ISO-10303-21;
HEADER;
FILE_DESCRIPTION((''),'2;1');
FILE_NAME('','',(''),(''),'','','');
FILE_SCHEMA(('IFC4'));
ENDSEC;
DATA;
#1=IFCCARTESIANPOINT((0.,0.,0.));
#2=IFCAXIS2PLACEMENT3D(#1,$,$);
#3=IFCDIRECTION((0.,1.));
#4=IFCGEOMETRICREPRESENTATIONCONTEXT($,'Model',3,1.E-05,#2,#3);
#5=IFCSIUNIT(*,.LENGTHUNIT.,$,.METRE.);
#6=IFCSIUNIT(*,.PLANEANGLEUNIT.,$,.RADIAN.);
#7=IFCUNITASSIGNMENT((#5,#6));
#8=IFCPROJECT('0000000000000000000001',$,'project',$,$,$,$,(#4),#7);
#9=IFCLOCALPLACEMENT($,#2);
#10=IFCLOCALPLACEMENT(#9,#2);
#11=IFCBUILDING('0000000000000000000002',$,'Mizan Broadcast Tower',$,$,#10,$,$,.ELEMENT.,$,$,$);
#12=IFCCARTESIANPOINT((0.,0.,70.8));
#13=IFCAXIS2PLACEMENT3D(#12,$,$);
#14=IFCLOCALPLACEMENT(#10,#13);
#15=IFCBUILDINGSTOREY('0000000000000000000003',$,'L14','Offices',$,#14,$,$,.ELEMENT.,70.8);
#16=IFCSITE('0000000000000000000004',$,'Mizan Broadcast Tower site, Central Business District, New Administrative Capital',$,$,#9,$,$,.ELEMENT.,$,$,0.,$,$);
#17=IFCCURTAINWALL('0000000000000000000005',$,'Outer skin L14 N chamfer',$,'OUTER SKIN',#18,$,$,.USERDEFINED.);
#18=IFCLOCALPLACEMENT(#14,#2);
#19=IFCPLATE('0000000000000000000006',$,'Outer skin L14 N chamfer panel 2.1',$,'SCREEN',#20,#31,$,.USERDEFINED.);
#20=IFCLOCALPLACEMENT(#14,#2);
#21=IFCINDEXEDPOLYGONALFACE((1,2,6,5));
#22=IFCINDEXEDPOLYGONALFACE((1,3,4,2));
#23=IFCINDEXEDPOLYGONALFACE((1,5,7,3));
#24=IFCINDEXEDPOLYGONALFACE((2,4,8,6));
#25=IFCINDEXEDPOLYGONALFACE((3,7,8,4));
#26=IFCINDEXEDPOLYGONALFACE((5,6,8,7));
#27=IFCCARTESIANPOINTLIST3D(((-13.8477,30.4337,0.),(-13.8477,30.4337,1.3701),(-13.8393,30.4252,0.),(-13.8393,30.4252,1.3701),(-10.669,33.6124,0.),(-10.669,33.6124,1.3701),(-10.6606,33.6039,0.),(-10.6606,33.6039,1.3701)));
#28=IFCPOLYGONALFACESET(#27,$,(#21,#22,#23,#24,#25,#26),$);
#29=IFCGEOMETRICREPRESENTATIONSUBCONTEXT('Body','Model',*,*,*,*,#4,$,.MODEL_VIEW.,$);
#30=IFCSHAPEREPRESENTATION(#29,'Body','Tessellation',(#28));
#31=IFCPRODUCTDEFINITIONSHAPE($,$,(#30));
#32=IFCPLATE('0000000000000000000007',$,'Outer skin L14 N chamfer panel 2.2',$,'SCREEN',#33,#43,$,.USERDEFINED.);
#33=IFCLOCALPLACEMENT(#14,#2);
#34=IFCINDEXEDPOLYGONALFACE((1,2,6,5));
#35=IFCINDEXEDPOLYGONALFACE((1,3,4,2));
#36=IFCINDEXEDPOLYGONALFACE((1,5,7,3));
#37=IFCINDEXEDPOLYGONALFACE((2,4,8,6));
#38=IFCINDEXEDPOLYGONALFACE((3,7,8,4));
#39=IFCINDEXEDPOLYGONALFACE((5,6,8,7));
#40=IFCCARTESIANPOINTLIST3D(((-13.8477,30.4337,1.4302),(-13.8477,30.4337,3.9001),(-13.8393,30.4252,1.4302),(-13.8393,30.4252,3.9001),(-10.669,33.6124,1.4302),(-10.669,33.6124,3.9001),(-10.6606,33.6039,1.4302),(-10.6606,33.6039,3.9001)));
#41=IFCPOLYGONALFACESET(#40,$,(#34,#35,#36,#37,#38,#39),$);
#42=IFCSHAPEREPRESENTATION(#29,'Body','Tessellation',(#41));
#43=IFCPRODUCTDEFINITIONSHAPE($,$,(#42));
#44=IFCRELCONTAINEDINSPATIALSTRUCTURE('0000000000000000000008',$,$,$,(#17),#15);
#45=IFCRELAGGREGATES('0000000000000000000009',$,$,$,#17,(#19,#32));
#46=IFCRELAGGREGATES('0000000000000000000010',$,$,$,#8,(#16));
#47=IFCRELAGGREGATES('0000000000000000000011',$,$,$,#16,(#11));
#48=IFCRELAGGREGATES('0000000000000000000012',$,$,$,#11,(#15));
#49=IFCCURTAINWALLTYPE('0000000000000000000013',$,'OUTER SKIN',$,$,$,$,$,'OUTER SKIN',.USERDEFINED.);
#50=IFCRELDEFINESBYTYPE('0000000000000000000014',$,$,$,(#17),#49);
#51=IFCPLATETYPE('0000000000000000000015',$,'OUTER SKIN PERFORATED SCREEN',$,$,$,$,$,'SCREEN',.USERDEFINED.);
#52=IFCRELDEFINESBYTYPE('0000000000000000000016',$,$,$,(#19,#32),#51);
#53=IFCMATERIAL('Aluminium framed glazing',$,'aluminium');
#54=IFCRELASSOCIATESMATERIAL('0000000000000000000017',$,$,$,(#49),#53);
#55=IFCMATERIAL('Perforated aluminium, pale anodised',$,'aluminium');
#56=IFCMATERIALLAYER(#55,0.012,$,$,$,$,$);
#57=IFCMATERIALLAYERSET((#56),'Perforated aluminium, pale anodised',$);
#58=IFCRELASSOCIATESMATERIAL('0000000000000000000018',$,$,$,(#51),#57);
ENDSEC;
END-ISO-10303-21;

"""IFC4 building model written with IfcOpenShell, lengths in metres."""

from ifc_helpers import new_model, si_unit, direction, frame, origin, origin_2d, place, context, subcontext, project, spatial, rectangle, extrude, material, layer, layer_set, type_object, element, aggregate, save


model = new_model("IFC4")

# Units and contexts
model_context = context("Model", 3, precision=1e-05, world=origin(), true_north=direction((0.0, 1.0)))
body_context = subcontext(model_context, "Body", "Model", "MODEL_VIEW")
ifc_project = project(units=[si_unit("LENGTHUNIT", "METRE"), si_unit("PLANEANGLEUNIT", "RADIAN")], contexts=[model_context])

# Site, building, storey
site_placement = place(None, origin())
site = spatial("IfcSite", under=ifc_project, at=site_placement, Name="Mizan Broadcast Tower site, Central Business District, New Administrative Capital", CompositionType="ELEMENT", RefElevation=0.0)
building_placement = place(site_placement, origin())
building = spatial("IfcBuilding", under=site, at=building_placement, Name="Mizan Broadcast Tower", CompositionType="ELEMENT")
storey_placement = place(building_placement, frame((0.0, 0.0, 70.8)))
storey = spatial("IfcBuildingStorey", under=building, at=storey_placement, Name="L14", Description="Offices", CompositionType="ELEMENT", Elevation=70.8)

# Curtain wall
ifc_material_1 = material(Name="Aluminium framed glazing", Category="aluminium")
curtain_wall_type_1 = type_object("IfcCurtainWallType", Name="OUTER SKIN", ElementType="OUTER SKIN", PredefinedType="USERDEFINED", material=ifc_material_1)
curtain_wall_1_placement = place(storey_placement, origin())
curtain_wall_1 = element("IfcCurtainWall", 1, at=curtain_wall_1_placement, inside=storey, type_object=curtain_wall_type_1, Name="Outer skin L14 N chamfer", ObjectType="OUTER SKIN", PredefinedType="USERDEFINED")

# Plates
ifc_material_2 = material(Name="Perforated aluminium, pale anodised", Category="aluminium")
ifc_layer_1 = layer(ifc_material_2, 0.012)
ifc_layer_set_1 = layer_set([ifc_layer_1], Name="Perforated aluminium, pale anodised")
plate_type_1 = type_object("IfcPlateType", Name="OUTER SKIN PERFORATED SCREEN", ElementType="SCREEN", PredefinedType="USERDEFINED", material=ifc_layer_set_1)
plate_1_placement = place(storey_placement, frame((-12.2542, 32.0188, 0.0), z_axis=(0.0, 0.0, 1.0), x_axis=(-0.707107, -0.707107, 0.0)))
plate_1 = element("IfcPlate", 2, at=plate_1_placement, type_object=plate_type_1, Name="Outer skin L14 N chamfer panel 2.1", ObjectType="SCREEN", PredefinedType="USERDEFINED", context=body_context, shape_type="SweptSolid", body=[
    extrude(rectangle(XDim=4.4954, YDim=0.012, at=origin_2d()), origin(), (0.0, 0.0, 1.0), 1.3701),
])
plate_2_placement = place(storey_placement, frame((-12.2542, 32.0188, 1.4302), z_axis=(0.0, 0.0, 1.0), x_axis=(-0.707107, -0.707107, 0.0)))
plate_2 = element("IfcPlate", 3, at=plate_2_placement, type_object=plate_type_1, Name="Outer skin L14 N chamfer panel 2.2", ObjectType="SCREEN", PredefinedType="USERDEFINED", context=body_context, shape_type="SweptSolid", body=[
    extrude(rectangle(XDim=4.4954, YDim=0.012, at=origin_2d()), origin(), (0.0, 0.0, 1.0), 2.47),
])
aggregate(curtain_wall_1, [plate_1, plate_2])

save(model, "model.ifc")
